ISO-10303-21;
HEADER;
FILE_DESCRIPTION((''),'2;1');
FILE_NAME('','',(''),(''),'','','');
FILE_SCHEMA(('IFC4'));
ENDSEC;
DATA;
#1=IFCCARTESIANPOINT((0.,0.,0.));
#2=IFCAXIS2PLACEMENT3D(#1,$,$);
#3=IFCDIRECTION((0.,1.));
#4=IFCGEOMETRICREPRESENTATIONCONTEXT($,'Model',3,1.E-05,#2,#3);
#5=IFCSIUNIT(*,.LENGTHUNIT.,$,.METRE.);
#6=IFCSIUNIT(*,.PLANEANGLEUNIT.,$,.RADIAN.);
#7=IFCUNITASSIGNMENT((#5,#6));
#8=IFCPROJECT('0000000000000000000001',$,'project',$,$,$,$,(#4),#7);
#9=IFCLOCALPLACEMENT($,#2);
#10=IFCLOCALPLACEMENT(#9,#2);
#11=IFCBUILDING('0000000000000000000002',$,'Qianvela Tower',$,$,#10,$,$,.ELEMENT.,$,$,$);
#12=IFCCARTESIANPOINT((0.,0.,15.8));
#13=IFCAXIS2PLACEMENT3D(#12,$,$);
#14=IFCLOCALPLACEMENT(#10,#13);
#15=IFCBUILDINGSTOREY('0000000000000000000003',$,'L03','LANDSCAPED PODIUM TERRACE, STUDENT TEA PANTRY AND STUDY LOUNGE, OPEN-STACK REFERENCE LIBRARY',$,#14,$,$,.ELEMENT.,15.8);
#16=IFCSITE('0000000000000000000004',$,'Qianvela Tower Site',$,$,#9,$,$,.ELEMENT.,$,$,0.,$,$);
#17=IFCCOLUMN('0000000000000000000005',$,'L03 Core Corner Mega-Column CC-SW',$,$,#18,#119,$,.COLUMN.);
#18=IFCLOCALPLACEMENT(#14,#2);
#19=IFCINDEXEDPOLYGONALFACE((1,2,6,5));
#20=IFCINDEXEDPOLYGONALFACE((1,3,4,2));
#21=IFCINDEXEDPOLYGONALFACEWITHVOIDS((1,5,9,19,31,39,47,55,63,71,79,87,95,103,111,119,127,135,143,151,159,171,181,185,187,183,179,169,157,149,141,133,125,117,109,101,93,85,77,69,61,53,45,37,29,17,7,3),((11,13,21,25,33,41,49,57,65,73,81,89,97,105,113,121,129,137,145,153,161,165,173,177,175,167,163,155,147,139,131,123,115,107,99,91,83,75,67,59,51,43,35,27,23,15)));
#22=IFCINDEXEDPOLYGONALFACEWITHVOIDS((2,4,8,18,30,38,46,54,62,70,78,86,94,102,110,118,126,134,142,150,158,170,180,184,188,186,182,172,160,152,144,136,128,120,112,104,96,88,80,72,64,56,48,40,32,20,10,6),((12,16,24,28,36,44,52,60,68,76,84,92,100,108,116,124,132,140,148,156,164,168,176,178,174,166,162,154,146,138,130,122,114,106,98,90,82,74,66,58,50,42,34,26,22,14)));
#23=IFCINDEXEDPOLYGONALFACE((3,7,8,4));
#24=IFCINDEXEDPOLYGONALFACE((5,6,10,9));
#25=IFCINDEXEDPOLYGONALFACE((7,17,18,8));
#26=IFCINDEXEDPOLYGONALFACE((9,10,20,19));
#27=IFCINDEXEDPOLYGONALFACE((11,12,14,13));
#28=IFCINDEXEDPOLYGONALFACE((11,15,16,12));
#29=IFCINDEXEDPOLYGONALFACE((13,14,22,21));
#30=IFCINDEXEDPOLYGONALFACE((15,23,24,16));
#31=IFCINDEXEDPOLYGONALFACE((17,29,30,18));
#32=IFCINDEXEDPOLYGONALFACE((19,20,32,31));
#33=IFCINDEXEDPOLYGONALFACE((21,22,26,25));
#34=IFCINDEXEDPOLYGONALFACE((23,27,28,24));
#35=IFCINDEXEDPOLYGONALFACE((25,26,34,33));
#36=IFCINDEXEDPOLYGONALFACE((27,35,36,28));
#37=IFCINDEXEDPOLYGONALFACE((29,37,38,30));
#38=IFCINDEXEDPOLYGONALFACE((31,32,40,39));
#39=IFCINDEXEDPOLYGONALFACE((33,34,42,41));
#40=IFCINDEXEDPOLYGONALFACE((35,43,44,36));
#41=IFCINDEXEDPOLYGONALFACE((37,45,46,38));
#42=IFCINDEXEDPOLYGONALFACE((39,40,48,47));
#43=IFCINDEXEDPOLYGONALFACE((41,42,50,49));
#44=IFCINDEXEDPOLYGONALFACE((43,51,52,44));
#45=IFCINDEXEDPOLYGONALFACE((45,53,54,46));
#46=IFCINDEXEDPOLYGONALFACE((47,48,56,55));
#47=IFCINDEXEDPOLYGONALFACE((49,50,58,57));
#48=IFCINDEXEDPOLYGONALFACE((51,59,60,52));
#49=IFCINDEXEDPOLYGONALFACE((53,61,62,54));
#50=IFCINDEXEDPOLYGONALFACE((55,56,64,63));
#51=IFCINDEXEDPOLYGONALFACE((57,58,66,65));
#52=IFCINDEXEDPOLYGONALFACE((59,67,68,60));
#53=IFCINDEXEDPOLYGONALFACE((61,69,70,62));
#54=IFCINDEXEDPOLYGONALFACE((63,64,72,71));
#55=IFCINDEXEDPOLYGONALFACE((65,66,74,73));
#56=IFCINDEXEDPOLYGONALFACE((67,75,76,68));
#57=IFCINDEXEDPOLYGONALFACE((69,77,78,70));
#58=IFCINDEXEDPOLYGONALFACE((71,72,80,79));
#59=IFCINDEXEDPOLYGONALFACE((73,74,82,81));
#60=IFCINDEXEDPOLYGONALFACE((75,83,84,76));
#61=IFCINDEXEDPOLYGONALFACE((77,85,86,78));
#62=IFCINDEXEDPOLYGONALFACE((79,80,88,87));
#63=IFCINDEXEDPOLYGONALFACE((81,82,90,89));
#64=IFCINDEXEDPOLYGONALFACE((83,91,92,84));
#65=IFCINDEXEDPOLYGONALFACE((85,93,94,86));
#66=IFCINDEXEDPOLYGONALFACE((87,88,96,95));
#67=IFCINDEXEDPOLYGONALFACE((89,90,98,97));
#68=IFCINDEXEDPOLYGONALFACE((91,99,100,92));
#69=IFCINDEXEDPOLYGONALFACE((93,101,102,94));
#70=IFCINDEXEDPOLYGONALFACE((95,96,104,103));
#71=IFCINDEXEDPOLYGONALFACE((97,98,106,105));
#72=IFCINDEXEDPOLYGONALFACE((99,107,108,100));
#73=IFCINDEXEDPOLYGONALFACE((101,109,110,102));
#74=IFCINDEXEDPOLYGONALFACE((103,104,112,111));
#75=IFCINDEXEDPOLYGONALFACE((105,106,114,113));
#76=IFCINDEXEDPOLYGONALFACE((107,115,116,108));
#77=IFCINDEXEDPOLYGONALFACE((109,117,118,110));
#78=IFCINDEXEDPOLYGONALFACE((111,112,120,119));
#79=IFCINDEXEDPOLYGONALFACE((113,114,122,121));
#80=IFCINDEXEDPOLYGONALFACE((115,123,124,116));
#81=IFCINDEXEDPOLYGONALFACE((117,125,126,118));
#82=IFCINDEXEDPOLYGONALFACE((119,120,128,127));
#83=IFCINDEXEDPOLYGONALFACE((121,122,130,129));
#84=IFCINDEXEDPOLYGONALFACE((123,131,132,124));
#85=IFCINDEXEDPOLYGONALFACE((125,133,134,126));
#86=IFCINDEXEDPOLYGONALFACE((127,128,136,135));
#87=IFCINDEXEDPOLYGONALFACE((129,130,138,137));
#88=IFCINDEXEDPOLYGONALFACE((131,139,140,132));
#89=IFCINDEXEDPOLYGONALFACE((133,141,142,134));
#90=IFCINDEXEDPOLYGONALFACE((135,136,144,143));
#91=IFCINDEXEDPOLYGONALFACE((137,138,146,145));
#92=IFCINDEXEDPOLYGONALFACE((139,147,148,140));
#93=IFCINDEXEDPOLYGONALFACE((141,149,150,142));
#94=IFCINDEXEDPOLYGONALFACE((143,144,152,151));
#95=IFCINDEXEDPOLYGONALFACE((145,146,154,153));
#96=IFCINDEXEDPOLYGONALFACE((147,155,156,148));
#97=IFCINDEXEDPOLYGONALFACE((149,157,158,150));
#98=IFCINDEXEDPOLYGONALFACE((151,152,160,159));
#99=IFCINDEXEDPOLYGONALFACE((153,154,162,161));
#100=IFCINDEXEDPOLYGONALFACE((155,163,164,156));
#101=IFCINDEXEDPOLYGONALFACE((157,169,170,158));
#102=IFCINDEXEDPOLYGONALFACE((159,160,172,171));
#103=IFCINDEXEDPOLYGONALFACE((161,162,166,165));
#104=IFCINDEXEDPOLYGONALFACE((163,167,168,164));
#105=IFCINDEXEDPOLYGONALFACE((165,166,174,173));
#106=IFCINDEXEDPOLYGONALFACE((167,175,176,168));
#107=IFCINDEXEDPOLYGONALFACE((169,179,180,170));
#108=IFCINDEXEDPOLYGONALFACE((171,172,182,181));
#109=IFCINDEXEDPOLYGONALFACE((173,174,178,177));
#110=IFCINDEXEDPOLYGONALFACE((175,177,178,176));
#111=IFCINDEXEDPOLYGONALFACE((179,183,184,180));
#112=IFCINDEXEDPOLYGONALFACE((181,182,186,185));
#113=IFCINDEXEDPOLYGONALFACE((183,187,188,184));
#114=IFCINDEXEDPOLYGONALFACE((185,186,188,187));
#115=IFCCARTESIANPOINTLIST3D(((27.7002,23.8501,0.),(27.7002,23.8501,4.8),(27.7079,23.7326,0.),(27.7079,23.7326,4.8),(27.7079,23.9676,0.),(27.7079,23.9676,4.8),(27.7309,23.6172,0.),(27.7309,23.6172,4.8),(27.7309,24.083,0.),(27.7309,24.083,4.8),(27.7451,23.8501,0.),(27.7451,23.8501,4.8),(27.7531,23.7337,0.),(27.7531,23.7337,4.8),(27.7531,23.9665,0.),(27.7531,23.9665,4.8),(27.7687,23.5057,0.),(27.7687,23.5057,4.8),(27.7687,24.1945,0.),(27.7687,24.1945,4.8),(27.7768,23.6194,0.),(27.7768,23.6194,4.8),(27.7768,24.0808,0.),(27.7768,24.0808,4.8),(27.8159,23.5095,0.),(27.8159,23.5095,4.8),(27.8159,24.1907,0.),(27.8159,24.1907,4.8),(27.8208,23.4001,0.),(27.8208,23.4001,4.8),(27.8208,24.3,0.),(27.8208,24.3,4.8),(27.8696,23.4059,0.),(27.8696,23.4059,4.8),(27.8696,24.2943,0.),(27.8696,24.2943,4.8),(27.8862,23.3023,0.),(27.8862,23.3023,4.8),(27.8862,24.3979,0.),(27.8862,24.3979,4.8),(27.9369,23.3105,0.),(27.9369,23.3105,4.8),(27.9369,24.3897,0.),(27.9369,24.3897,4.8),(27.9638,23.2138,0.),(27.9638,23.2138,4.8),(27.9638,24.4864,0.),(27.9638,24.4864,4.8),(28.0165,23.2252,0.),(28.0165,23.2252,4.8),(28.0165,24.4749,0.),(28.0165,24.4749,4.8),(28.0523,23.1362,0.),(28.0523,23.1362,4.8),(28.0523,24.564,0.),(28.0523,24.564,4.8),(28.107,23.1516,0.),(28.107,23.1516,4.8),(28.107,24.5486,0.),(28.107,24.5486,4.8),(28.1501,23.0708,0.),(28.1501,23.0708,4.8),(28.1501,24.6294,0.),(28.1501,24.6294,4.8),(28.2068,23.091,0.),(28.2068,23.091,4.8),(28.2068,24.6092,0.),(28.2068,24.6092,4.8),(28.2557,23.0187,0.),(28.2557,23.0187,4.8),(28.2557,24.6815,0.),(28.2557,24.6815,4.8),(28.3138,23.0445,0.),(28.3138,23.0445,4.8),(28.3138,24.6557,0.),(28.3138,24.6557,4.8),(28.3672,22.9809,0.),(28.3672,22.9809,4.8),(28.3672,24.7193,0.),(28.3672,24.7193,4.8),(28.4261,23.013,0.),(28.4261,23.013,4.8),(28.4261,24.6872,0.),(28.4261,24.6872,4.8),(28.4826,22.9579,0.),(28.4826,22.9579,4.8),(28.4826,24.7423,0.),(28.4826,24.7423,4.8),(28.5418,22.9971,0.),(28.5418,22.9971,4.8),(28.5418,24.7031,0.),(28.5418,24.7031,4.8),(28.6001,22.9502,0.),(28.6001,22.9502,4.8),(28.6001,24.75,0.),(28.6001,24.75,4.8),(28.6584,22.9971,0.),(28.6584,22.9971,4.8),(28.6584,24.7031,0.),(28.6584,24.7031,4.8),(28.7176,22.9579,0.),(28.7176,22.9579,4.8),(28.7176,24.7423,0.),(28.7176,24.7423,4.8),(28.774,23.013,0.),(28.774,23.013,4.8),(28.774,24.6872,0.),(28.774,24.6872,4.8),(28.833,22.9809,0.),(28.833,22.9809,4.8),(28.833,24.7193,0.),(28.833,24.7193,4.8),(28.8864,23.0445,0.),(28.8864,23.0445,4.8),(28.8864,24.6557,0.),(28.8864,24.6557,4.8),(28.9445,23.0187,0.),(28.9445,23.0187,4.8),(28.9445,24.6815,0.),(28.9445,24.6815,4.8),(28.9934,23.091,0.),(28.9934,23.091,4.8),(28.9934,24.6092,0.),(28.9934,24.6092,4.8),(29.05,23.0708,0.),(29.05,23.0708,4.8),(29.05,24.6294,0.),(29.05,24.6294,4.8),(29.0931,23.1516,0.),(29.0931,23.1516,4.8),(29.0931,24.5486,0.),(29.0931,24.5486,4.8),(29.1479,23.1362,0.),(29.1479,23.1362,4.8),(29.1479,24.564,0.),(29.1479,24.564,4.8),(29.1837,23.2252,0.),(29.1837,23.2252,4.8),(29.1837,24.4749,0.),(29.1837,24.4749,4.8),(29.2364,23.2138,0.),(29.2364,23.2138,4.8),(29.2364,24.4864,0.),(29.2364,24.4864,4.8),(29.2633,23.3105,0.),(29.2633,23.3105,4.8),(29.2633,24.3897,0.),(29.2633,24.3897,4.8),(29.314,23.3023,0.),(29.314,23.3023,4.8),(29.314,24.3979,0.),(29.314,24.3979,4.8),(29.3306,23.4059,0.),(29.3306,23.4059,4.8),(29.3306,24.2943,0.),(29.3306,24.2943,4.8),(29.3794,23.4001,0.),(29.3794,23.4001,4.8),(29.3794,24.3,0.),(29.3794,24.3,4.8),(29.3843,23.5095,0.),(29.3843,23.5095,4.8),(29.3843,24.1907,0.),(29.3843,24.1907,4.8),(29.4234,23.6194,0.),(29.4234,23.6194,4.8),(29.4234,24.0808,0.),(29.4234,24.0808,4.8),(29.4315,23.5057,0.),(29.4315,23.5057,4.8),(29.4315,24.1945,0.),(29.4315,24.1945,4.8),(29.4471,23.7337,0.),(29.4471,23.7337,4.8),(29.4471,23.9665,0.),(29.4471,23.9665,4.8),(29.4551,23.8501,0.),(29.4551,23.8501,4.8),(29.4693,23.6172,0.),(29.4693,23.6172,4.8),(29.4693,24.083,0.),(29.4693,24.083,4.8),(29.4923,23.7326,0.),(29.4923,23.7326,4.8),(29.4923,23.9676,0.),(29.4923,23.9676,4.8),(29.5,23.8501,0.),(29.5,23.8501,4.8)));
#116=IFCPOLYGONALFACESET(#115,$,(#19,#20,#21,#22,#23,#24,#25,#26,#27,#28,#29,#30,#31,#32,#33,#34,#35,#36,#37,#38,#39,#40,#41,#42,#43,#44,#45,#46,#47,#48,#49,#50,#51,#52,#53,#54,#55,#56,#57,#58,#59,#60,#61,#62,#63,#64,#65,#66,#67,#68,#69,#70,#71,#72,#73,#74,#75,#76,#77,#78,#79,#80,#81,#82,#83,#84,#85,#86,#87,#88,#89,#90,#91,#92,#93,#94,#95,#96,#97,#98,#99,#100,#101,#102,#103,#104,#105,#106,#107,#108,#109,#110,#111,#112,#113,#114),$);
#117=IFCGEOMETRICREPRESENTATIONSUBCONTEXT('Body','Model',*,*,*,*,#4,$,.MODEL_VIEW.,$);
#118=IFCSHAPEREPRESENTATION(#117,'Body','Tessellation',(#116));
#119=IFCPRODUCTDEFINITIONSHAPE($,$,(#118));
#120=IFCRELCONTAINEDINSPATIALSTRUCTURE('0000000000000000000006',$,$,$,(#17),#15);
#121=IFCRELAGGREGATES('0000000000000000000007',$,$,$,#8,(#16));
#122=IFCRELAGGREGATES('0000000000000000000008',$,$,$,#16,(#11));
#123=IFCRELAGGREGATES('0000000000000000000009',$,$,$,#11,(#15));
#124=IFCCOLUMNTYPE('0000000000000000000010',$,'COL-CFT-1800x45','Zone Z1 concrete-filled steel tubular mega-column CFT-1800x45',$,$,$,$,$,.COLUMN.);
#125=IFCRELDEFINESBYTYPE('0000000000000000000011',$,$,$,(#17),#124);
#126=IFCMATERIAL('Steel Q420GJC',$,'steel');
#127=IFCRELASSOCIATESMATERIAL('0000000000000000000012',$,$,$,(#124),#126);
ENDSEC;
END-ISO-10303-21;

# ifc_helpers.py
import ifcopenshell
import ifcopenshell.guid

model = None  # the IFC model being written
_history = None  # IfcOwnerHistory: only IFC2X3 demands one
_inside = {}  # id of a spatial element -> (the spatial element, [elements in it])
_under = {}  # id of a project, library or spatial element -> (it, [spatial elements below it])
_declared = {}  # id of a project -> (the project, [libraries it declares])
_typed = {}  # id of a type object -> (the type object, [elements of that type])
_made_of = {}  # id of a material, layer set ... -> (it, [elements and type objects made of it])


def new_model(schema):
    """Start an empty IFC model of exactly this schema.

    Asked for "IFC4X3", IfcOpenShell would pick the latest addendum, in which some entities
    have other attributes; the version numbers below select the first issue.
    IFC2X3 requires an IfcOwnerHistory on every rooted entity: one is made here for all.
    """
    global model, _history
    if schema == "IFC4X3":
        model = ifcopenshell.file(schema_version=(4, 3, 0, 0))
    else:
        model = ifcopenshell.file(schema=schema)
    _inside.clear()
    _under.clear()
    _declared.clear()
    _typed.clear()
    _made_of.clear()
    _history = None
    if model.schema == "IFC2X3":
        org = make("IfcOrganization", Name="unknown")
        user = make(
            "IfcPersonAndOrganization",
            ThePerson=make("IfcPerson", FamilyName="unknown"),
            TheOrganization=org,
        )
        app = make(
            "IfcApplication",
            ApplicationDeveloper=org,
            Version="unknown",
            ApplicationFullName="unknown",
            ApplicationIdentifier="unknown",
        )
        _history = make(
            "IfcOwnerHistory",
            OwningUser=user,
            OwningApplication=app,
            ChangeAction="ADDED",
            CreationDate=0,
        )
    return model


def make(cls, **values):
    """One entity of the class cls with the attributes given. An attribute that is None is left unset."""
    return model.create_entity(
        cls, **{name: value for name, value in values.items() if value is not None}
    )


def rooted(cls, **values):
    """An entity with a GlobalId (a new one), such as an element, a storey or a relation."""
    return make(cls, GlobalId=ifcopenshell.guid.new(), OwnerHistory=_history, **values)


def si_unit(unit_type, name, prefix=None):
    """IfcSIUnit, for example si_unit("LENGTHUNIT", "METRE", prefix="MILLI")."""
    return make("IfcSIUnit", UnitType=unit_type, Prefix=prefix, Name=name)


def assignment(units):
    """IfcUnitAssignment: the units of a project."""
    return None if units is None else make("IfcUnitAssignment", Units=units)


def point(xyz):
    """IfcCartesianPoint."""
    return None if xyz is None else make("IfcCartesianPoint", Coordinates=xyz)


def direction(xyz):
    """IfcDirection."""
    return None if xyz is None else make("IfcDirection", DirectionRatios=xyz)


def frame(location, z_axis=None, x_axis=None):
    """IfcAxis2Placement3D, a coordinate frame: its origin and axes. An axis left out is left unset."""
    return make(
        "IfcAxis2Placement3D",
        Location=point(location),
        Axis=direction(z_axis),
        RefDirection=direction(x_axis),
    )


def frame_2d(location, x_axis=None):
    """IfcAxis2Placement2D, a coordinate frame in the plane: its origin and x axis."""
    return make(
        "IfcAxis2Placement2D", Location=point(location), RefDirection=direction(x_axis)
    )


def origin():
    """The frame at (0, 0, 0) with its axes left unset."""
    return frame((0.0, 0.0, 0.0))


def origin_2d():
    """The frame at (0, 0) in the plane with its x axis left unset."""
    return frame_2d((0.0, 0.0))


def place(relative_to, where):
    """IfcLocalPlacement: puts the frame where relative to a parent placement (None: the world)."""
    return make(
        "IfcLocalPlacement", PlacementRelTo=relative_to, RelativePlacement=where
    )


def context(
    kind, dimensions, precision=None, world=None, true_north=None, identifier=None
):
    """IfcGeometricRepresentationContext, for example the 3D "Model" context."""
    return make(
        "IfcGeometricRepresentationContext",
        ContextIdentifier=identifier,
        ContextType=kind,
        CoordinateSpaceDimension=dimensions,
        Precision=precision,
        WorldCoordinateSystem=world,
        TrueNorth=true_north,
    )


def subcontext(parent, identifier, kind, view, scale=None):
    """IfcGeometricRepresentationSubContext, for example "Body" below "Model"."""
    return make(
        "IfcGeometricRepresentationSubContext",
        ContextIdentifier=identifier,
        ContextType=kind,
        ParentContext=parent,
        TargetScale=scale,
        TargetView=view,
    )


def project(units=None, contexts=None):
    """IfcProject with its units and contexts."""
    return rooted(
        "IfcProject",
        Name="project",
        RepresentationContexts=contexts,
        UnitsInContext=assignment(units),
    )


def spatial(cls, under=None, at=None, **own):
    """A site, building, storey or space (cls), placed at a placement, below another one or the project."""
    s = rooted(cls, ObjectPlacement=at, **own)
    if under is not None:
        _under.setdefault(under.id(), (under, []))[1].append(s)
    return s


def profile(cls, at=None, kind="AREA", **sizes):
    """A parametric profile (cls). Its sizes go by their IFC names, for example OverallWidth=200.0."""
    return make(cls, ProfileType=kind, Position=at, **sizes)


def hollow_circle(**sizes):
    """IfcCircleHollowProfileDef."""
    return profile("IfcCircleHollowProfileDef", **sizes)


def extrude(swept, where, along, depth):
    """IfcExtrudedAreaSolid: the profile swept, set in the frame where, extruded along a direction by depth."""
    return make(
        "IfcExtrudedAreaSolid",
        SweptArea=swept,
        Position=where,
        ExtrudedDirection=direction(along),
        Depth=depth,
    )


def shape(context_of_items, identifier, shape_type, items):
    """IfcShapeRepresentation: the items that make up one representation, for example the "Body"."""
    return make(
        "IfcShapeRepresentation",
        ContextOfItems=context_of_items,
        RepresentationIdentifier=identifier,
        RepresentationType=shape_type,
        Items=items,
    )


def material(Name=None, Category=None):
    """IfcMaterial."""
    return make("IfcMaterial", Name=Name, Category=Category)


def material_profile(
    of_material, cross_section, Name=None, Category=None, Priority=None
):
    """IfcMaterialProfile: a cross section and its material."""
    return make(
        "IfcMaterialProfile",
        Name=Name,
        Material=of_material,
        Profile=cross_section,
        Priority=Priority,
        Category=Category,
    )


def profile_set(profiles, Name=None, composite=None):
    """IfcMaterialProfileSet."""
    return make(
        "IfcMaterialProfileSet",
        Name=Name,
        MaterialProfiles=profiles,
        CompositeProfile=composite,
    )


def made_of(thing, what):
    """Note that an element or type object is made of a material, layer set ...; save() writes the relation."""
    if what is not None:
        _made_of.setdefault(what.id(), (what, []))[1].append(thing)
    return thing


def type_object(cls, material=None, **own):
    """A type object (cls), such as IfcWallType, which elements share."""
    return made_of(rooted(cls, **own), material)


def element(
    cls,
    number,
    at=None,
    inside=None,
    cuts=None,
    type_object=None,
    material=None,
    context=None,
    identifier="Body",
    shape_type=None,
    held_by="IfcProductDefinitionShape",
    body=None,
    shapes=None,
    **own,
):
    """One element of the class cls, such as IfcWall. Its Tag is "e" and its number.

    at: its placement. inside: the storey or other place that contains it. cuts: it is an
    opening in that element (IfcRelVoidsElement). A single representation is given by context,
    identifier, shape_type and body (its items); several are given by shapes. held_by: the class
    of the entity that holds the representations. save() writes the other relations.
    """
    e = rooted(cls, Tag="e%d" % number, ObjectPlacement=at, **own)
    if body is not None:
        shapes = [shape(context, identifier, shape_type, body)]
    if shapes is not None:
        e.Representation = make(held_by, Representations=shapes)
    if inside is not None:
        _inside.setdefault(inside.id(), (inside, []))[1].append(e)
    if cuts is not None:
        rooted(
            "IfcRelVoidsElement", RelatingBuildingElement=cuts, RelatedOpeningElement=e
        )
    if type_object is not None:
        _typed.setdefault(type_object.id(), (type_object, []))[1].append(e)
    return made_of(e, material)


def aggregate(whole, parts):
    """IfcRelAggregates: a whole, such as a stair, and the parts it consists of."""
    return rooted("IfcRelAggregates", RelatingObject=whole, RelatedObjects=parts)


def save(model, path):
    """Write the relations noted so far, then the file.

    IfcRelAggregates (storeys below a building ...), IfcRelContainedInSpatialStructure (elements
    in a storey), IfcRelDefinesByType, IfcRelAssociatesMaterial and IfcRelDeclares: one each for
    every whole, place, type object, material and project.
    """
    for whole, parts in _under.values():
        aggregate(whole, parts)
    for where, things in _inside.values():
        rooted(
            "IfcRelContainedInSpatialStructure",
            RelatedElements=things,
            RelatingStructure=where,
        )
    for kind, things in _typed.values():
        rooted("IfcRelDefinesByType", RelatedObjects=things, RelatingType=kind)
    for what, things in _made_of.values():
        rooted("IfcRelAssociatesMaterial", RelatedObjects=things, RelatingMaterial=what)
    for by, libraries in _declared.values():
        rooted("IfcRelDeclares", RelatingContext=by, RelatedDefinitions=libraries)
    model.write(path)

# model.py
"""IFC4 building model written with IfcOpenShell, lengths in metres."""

from ifc_helpers import new_model, si_unit, direction, frame, origin, origin_2d, place, context, subcontext, project, spatial, hollow_circle, extrude, material, material_profile, profile_set, type_object, element, save


model = new_model("IFC4")

# Units and contexts
model_context = context("Model", 3, precision=1e-05, world=origin(), true_north=direction((0.0, 1.0)))
body_context = subcontext(model_context, "Body", "Model", "MODEL_VIEW")
ifc_project = project(units=[si_unit("LENGTHUNIT", "METRE"), si_unit("PLANEANGLEUNIT", "RADIAN")], contexts=[model_context])

# Site, building, storey
site_placement = place(None, origin())
site = spatial("IfcSite", under=ifc_project, at=site_placement, Name="Qianvela Tower Site", CompositionType="ELEMENT", RefElevation=0.0)
building_placement = place(site_placement, origin())
building = spatial("IfcBuilding", under=site, at=building_placement, Name="Qianvela Tower", CompositionType="ELEMENT")
storey_placement = place(building_placement, frame((0.0, 0.0, 15.8)))
storey = spatial("IfcBuildingStorey", under=building, at=storey_placement, Name="L03", Description="LANDSCAPED PODIUM TERRACE, STUDENT TEA PANTRY AND STUDY LOUNGE, OPEN-STACK REFERENCE LIBRARY", CompositionType="ELEMENT", Elevation=15.8)

# Column
ifc_material_1 = material(Name="Steel Q420GJC", Category="steel")
ifc_material_profile_1 = material_profile(ifc_material_1, hollow_circle(Radius=0.8999, WallThickness=0.0449, at=origin_2d()), Name="CFT-1800x45")
ifc_profile_set_1 = profile_set([ifc_material_profile_1], Name="Steel Q420GJC")
column_type_1 = type_object("IfcColumnType", Name="COL-CFT-1800x45", Description="Zone Z1 concrete-filled steel tubular mega-column CFT-1800x45", PredefinedType="COLUMN", material=ifc_profile_set_1)
for number, where, z_axis, x_axis, name in (
    (1, (28.6001, 23.8501, 0.0), (0.0, 0.0, 1.0), (1.0, 0.0, 0.0), "L03 Core Corner Mega-Column CC-SW"),
):
    element("IfcColumn", number, at=place(storey_placement, frame(where, z_axis=z_axis, x_axis=x_axis)), inside=storey, type_object=column_type_1, Name=name, PredefinedType="COLUMN", context=body_context, shape_type="SweptSolid", body=[
        extrude(hollow_circle(Radius=0.8999, WallThickness=0.0449, at=origin_2d()), origin(), (0.0, 0.0, 1.0), 4.8),
    ])

save(model, "model.ifc")
